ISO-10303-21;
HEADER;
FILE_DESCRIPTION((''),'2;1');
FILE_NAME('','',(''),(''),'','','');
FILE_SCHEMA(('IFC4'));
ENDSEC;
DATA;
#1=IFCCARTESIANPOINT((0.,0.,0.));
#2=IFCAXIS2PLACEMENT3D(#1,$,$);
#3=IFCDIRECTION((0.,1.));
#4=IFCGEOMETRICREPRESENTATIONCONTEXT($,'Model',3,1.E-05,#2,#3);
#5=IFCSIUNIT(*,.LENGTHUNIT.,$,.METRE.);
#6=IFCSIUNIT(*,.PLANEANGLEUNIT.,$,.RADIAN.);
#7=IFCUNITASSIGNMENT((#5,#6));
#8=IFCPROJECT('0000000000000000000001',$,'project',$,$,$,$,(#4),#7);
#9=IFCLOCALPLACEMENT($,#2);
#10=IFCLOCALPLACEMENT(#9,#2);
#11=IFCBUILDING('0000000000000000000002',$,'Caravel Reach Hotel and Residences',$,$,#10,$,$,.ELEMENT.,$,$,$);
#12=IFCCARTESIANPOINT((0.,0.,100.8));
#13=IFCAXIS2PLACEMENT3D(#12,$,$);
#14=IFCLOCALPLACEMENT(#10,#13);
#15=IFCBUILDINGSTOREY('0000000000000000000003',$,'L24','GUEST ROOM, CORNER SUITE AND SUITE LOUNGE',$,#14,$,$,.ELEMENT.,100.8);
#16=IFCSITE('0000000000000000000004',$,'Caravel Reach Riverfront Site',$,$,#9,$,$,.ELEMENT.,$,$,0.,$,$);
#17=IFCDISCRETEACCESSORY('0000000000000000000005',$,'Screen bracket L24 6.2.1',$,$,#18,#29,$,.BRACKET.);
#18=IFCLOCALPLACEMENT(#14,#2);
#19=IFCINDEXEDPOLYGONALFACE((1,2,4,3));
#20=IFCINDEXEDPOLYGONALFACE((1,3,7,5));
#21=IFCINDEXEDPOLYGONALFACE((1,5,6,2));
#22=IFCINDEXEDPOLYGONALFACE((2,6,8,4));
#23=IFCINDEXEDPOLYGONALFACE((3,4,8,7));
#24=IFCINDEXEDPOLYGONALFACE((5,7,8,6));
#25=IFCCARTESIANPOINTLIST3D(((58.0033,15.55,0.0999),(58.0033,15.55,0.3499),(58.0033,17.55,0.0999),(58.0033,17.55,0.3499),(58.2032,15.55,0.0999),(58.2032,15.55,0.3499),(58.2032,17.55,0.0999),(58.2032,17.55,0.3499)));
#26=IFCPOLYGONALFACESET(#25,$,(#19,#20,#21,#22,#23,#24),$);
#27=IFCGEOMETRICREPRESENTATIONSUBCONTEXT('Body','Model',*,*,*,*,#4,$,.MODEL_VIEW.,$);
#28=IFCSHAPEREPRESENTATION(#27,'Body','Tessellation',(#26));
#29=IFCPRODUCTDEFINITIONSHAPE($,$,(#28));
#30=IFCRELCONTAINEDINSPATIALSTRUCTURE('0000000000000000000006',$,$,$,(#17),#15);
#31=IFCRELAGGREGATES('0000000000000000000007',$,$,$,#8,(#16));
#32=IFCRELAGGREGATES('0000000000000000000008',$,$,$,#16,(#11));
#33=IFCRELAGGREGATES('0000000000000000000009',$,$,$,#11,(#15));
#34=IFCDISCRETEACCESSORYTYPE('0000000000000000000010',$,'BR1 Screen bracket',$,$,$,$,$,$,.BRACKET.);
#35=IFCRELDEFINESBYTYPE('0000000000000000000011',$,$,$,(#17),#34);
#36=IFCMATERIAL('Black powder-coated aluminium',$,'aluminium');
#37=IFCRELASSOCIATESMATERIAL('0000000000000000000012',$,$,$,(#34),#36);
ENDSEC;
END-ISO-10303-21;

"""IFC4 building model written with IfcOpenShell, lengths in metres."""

from ifc_helpers import new_model, si_unit, direction, frame, origin, origin_2d, place, context, subcontext, project, spatial, rectangle, extrude, material, type_object, element, save


model = new_model("IFC4")

# Units and contexts
model_context = context("Model", 3, precision=1e-05, world=origin(), true_north=direction((0.0, 1.0)))
body_context = subcontext(model_context, "Body", "Model", "MODEL_VIEW")
ifc_project = project(units=[si_unit("LENGTHUNIT", "METRE"), si_unit("PLANEANGLEUNIT", "RADIAN")], contexts=[model_context])

# Site, building, storey
site_placement = place(None, origin())
site = spatial("IfcSite", under=ifc_project, at=site_placement, Name="Caravel Reach Riverfront Site", CompositionType="ELEMENT", RefElevation=0.0)
building_placement = place(site_placement, origin())
building = spatial("IfcBuilding", under=site, at=building_placement, Name="Caravel Reach Hotel and Residences", CompositionType="ELEMENT")
storey_placement = place(building_placement, frame((0.0, 0.0, 100.8)))
storey = spatial("IfcBuildingStorey", under=building, at=storey_placement, Name="L24", Description="GUEST ROOM, CORNER SUITE AND SUITE LOUNGE", CompositionType="ELEMENT", Elevation=100.8)

# Discrete accessory
ifc_material_1 = material(Name="Black powder-coated aluminium", Category="aluminium")
discrete_accessory_type = type_object("IfcDiscreteAccessoryType", Name="BR1 Screen bracket", PredefinedType="BRACKET", material=ifc_material_1)
for number, where, z_axis, x_axis, name in (
    (1, (58.1033, 16.55, 0.0999), (0.0, 0.0, 1.0), (0.0, -1.0, 0.0), "Screen bracket L24 6.2.1"),
):
    element("IfcDiscreteAccessory", number, at=place(storey_placement, frame(where, z_axis=z_axis, x_axis=x_axis)), inside=storey, type_object=discrete_accessory_type, Name=name, PredefinedType="BRACKET", context=body_context, shape_type="SweptSolid", body=[
        extrude(rectangle(XDim=2.0, YDim=0.2, at=origin_2d()), origin(), (0.0, 0.0, 1.0), 0.25),
    ])

save(model, "model.ifc")
